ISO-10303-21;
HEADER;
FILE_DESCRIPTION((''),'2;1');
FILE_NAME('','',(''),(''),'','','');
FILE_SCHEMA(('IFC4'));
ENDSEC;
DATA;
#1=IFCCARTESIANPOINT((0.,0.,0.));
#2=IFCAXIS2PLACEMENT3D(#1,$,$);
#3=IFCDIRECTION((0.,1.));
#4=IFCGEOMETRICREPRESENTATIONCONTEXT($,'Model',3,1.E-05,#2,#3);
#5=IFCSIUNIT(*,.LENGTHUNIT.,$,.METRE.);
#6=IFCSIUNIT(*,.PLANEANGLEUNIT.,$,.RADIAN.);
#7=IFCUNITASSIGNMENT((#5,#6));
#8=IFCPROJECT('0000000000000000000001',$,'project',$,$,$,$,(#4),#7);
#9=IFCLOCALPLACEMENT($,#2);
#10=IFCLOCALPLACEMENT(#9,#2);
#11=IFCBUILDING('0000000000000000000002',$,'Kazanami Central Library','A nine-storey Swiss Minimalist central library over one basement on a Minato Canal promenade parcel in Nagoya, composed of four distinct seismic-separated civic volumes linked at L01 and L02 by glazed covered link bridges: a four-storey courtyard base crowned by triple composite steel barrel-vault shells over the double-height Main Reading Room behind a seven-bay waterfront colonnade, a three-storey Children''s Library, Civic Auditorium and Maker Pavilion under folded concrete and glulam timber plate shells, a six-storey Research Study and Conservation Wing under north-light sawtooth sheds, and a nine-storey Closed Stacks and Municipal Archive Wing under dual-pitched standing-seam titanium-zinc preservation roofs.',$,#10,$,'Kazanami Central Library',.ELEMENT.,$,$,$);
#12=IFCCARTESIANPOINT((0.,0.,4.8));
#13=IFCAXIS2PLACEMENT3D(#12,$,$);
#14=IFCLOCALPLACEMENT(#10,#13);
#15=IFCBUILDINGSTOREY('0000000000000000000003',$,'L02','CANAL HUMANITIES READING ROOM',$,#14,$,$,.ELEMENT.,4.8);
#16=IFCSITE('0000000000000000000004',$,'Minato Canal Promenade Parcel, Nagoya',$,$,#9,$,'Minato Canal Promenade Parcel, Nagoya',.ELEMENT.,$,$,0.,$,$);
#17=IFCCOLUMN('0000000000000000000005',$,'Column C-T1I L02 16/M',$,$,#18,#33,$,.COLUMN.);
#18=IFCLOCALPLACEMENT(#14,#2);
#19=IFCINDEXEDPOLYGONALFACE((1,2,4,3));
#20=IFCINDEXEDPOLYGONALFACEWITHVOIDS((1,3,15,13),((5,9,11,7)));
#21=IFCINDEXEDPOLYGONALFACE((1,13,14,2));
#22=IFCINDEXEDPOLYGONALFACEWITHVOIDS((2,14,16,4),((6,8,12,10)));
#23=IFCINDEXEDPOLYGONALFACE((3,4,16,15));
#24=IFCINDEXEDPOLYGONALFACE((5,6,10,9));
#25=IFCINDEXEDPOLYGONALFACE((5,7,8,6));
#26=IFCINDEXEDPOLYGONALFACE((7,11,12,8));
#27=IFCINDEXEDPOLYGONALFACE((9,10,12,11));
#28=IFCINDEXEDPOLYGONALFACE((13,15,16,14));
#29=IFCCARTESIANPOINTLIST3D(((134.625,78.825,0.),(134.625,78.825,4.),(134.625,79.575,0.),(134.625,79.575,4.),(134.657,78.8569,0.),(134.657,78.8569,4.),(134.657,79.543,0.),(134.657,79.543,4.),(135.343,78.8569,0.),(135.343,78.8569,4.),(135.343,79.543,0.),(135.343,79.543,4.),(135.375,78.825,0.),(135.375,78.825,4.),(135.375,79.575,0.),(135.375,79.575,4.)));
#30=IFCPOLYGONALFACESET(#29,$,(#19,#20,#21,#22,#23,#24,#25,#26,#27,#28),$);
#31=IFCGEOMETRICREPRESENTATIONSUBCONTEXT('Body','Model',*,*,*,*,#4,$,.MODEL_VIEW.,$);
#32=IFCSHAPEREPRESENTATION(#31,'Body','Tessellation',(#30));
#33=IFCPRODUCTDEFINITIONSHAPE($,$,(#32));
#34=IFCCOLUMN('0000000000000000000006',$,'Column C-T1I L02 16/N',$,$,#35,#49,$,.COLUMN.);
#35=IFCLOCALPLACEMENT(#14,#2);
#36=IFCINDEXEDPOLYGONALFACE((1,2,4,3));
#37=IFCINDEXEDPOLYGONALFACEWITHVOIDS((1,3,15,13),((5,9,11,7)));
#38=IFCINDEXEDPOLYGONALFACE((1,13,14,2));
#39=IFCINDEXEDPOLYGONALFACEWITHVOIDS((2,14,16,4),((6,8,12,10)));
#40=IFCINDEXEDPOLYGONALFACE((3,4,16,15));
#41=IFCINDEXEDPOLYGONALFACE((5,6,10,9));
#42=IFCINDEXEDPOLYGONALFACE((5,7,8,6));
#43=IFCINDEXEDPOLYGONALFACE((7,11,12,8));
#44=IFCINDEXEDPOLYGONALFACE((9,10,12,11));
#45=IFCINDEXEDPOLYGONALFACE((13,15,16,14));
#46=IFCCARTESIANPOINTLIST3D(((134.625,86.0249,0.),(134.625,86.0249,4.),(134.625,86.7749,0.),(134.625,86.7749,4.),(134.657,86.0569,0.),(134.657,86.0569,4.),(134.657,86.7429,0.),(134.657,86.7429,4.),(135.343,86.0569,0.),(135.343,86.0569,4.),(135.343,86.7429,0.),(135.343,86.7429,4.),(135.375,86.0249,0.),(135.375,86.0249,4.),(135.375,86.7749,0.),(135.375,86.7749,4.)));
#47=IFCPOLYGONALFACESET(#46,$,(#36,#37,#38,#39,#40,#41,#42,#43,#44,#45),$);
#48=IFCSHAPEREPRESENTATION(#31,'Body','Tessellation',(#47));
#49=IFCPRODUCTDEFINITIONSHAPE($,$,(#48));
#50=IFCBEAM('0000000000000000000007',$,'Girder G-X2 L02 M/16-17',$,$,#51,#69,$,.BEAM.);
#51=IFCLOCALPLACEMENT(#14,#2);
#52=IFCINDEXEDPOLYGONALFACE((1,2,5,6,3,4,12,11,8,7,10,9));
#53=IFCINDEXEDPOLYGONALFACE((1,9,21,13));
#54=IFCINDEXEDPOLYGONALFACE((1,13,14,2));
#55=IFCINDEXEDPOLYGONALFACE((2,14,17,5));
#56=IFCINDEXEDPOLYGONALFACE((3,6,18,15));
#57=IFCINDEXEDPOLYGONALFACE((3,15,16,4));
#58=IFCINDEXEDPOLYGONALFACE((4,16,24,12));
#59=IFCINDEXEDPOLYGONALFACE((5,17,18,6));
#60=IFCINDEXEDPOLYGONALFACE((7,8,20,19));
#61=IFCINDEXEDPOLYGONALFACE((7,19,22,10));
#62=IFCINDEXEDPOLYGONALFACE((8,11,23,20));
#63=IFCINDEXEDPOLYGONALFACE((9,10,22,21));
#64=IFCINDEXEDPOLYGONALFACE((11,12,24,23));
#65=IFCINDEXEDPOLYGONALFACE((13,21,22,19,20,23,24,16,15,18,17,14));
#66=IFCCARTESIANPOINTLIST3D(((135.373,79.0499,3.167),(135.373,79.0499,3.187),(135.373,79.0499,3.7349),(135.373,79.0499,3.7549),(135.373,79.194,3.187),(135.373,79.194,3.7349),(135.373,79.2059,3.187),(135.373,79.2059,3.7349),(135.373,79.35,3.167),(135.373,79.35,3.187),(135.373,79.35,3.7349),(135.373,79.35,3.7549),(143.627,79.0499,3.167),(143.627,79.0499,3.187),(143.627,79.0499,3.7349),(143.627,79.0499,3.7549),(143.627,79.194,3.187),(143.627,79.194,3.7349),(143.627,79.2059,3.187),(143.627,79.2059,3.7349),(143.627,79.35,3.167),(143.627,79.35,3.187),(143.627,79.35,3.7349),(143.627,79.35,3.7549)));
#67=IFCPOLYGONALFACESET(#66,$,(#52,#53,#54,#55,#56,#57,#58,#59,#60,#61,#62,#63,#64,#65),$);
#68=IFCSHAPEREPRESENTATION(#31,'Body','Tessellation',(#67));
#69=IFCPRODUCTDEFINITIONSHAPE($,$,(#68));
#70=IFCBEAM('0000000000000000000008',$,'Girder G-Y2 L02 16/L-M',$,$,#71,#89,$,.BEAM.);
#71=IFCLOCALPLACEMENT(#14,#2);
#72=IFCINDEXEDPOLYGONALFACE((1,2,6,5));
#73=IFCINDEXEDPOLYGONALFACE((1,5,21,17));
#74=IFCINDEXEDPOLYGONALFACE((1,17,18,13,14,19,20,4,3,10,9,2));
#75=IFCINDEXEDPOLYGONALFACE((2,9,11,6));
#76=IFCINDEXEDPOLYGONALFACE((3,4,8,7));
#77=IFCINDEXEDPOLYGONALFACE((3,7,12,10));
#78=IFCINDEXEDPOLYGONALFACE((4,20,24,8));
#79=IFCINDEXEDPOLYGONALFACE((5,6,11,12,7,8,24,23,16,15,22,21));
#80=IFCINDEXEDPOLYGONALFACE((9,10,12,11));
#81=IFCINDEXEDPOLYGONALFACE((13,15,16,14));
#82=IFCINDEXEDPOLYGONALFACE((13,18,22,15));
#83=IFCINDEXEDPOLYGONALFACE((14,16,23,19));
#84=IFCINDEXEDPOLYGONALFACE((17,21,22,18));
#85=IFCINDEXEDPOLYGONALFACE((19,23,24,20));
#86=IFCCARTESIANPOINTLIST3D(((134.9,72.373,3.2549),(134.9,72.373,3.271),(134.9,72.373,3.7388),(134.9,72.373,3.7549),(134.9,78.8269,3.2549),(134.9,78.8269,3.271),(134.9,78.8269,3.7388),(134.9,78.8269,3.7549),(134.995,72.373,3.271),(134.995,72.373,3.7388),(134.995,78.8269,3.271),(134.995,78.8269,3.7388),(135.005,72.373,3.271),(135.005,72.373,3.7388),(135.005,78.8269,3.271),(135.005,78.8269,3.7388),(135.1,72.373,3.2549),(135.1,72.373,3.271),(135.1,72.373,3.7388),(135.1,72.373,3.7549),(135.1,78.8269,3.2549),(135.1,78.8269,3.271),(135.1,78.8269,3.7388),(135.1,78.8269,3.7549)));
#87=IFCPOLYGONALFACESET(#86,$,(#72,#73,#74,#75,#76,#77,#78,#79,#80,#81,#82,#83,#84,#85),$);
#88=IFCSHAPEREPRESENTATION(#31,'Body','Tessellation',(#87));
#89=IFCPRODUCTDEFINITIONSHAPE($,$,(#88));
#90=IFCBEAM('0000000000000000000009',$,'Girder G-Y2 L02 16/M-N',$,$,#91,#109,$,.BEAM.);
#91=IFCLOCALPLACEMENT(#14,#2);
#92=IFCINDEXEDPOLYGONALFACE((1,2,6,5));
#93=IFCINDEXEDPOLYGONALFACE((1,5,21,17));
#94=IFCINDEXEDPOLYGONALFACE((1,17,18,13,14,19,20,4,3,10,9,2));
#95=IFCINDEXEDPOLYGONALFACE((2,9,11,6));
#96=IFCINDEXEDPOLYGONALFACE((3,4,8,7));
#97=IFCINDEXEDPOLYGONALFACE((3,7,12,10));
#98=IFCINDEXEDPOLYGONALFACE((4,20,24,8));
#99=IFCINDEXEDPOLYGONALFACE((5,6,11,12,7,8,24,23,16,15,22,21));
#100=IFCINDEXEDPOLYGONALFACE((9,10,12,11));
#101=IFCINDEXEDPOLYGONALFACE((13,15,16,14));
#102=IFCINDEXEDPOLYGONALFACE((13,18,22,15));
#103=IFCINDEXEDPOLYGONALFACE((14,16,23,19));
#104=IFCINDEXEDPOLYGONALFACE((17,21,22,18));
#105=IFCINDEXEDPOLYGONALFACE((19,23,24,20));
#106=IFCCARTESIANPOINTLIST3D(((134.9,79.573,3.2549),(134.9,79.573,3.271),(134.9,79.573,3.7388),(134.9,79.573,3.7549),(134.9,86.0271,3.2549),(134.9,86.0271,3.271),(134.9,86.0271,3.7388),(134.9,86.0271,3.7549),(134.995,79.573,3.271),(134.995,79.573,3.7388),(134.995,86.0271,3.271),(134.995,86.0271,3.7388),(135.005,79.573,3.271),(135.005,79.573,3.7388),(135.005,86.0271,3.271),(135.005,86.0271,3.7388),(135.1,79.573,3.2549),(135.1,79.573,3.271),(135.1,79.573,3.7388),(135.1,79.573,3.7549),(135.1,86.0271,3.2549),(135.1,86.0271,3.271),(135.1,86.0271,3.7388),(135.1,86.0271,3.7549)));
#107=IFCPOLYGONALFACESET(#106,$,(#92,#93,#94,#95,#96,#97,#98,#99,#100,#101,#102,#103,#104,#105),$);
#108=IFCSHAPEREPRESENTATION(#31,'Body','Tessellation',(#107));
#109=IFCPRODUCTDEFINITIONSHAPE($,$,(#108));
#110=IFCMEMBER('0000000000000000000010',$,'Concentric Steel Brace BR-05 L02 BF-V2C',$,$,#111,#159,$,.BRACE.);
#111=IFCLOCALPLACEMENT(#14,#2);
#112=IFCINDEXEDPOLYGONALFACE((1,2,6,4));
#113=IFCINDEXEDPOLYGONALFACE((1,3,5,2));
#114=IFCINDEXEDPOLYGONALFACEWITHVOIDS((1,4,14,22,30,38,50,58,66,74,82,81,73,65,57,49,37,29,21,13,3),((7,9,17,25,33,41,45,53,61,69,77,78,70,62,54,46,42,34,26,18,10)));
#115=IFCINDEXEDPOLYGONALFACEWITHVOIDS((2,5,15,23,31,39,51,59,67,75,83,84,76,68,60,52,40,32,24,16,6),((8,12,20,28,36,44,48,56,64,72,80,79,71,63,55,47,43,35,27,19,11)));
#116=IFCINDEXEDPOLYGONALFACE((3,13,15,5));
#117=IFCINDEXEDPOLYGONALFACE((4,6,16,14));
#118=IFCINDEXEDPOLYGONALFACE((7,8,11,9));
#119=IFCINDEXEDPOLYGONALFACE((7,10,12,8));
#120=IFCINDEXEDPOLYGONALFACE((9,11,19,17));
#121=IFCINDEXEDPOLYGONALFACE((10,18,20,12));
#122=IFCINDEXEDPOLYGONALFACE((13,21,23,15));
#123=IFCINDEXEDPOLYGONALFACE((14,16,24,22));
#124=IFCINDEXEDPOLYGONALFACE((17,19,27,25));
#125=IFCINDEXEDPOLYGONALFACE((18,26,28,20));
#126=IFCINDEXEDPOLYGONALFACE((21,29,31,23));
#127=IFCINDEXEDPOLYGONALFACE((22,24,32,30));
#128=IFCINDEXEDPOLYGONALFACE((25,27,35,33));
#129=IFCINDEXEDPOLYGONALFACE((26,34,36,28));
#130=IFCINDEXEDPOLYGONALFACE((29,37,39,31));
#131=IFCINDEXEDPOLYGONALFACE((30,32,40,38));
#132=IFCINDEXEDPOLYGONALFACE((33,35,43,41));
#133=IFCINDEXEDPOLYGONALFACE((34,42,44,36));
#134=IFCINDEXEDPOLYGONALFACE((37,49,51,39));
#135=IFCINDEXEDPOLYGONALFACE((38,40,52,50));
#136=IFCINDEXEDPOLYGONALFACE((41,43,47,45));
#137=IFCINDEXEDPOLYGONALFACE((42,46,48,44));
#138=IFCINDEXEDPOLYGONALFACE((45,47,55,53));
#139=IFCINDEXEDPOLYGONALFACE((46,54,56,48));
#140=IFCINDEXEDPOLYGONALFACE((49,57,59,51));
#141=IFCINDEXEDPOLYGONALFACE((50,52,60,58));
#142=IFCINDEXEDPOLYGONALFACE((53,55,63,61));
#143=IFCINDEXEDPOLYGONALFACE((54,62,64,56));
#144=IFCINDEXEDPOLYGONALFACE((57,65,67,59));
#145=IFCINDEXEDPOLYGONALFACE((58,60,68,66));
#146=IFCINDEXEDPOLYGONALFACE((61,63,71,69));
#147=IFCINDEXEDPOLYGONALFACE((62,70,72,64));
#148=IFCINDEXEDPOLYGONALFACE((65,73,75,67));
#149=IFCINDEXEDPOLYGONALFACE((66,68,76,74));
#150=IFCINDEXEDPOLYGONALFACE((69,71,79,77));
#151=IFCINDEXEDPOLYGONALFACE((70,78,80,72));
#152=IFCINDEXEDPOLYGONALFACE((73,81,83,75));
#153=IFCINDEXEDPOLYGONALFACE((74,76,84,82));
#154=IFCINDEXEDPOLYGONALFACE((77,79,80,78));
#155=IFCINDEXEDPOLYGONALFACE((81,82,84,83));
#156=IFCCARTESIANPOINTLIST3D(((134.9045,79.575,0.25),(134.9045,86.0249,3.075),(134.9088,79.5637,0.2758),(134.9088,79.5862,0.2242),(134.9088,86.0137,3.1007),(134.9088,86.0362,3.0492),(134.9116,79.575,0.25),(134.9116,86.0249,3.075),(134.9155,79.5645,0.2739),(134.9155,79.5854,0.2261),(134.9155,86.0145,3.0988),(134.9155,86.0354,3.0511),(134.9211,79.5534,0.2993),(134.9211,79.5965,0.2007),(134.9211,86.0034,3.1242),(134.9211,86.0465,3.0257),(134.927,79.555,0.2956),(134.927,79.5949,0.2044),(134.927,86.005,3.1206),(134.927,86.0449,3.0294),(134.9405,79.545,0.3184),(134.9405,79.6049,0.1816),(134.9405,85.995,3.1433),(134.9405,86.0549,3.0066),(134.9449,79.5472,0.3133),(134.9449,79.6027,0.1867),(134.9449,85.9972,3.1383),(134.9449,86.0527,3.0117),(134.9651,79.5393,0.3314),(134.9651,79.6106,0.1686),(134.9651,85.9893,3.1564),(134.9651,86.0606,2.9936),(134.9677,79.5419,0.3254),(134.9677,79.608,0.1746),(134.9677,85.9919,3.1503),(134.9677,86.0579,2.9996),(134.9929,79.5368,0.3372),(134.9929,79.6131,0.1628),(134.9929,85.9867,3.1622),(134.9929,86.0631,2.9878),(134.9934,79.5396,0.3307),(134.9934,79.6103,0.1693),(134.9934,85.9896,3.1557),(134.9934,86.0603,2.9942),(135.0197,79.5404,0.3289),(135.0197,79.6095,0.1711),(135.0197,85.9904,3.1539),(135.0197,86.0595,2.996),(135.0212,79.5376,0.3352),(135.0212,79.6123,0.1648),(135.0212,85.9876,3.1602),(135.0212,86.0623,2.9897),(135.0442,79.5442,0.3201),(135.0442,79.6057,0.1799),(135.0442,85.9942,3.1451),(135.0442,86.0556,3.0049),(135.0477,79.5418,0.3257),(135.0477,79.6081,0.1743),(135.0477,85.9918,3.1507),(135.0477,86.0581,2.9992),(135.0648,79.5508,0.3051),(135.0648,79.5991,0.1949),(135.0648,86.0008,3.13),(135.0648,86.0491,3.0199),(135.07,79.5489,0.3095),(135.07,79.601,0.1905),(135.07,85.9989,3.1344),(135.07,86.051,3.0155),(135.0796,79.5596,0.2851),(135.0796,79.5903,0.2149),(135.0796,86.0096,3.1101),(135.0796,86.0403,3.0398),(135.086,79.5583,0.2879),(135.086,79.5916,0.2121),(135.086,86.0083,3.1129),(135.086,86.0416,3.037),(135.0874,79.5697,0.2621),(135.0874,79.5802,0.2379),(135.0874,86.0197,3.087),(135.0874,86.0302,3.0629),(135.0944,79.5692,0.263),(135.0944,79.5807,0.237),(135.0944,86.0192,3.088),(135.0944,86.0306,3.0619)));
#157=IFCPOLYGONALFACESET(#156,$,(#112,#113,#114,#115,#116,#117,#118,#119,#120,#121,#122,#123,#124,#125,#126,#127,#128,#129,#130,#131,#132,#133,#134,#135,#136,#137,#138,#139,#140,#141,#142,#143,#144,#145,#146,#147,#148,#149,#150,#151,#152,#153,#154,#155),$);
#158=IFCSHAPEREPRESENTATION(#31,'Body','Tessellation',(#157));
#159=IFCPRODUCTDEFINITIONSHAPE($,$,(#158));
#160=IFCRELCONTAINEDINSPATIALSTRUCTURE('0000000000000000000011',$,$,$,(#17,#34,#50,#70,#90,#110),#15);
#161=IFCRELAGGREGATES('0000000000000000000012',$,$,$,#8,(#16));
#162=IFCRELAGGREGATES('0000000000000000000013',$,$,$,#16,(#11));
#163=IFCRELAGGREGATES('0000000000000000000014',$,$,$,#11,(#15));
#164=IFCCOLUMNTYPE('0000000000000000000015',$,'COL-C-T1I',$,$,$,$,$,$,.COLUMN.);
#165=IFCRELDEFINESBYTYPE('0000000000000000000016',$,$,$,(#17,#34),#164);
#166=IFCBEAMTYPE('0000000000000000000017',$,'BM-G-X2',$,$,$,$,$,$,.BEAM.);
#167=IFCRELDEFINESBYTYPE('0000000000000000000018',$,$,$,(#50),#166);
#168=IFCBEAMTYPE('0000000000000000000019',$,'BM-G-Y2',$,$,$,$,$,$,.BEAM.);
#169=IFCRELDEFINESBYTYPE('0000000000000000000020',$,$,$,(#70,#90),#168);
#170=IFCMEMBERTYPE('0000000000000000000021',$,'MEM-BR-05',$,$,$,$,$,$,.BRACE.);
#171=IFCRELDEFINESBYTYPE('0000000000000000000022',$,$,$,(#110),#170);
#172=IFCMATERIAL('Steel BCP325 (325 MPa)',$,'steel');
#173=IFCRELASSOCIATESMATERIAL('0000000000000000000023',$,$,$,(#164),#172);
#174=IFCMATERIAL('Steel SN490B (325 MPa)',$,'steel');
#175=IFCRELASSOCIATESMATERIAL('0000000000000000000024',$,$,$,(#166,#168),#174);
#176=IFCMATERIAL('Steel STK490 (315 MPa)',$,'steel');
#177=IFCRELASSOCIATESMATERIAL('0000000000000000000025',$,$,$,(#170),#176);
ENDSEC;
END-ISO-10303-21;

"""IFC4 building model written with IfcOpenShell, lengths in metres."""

from ifc_helpers import new_model, si_unit, direction, frame, origin, origin_2d, place, context, subcontext, project, spatial, hollow_rectangle, hollow_circle, i_section, extrude, material, material_profile, profile_set, type_object, element, save


model = new_model("IFC4")

# Units and contexts
model_context = context("Model", 3, precision=1e-05, world=origin(), true_north=direction((0.0, 1.0)))
body_context = subcontext(model_context, "Body", "Model", "MODEL_VIEW")
ifc_project = project(units=[si_unit("LENGTHUNIT", "METRE"), si_unit("PLANEANGLEUNIT", "RADIAN")], contexts=[model_context])

# Site, building, storey
site_placement = place(None, origin())
site = spatial("IfcSite", under=ifc_project, at=site_placement, Name="Minato Canal Promenade Parcel, Nagoya", LongName="Minato Canal Promenade Parcel, Nagoya", CompositionType="ELEMENT", RefElevation=0.0)
building_placement = place(site_placement, origin())
building = spatial("IfcBuilding", under=site, at=building_placement, Name="Kazanami Central Library", Description="A nine-storey Swiss Minimalist central library over one basement on a Minato Canal promenade parcel in Nagoya, composed of four distinct seismic-separated civic volumes linked at L01 and L02 by glazed covered link bridges: a four-storey courtyard base crowned by triple composite steel barrel-vault shells over the double-height Main Reading Room behind a seven-bay waterfront colonnade, a three-storey Children's Library, Civic Auditorium and Maker Pavilion under folded concrete and glulam timber plate shells, a six-storey Research Study and Conservation Wing under north-light sawtooth sheds, and a nine-storey Closed Stacks and Municipal Archive Wing under dual-pitched standing-seam titanium-zinc preservation roofs.", LongName="Kazanami Central Library", CompositionType="ELEMENT")
storey_placement = place(building_placement, frame((0.0, 0.0, 4.8)))
storey = spatial("IfcBuildingStorey", under=building, at=storey_placement, Name="L02", Description="CANAL HUMANITIES READING ROOM", CompositionType="ELEMENT", Elevation=4.8)

# Columns
ifc_material_1 = material(Name="Steel BCP325 (325 MPa)", Category="steel")
ifc_material_profile_1 = material_profile(ifc_material_1, hollow_rectangle(XDim=0.75, YDim=0.75, WallThickness=0.032, at=origin_2d()), Name="BCP-750x750x32")
ifc_profile_set_1 = profile_set([ifc_material_profile_1], Name="Steel BCP325 (325 MPa)")
column_type = type_object("IfcColumnType", Name="COL-C-T1I", PredefinedType="COLUMN", material=ifc_profile_set_1)
for number, where, z_axis, x_axis, name in (
    (1, (135.0, 79.2, 0.0), (0.0, 0.0, 1.0), (1.0, 0.0, 0.0), "Column C-T1I L02 16/M"),
    (2, (135.0, 86.3999, 0.0), (0.0, 0.0, 1.0), (1.0, 0.0, 0.0), "Column C-T1I L02 16/N"),
):
    element("IfcColumn", number, at=place(storey_placement, frame(where, z_axis=z_axis, x_axis=x_axis)), inside=storey, type_object=column_type, Name=name, PredefinedType="COLUMN", context=body_context, shape_type="SweptSolid", body=[
        extrude(hollow_rectangle(XDim=0.75, YDim=0.75, WallThickness=0.032, at=origin_2d()), origin(), (0.0, 0.0, 1.0), 4.0),
    ])

# Beams
ifc_material_2 = material(Name="Steel SN490B (325 MPa)", Category="steel")
ifc_material_profile_2 = material_profile(ifc_material_2, i_section(OverallWidth=0.3, OverallDepth=0.5879, WebThickness=0.012, FlangeThickness=0.02, at=origin_2d()), Name="H-588x300x12x20")
ifc_profile_set_2 = profile_set([ifc_material_profile_2], Name="Steel SN490B (325 MPa)")
beam_type_1 = type_object("IfcBeamType", Name="BM-G-X2", PredefinedType="BEAM", material=ifc_profile_set_2)
beam_1_placement = place(storey_placement, frame((135.373, 79.2, 3.4609), z_axis=(1.0, 0.0, 0.0), x_axis=(0.0, 1.0, 0.0)))
element("IfcBeam", 3, at=beam_1_placement, inside=storey, type_object=beam_type_1, Name="Girder G-X2 L02 M/16-17", PredefinedType="BEAM", context=body_context, shape_type="SweptSolid", body=[
    extrude(i_section(OverallWidth=0.3, OverallDepth=0.5879, WebThickness=0.012, FlangeThickness=0.02, at=origin_2d()), origin(), (0.0, 0.0, 1.0), 8.2539),
])
ifc_material_profile_3 = material_profile(ifc_material_2, i_section(OverallWidth=0.2, OverallDepth=0.5, WebThickness=0.01, FlangeThickness=0.0161, at=origin_2d()), Name="H-500x200x10x16")
ifc_profile_set_3 = profile_set([ifc_material_profile_3], Name="Steel SN490B (325 MPa)")
beam_type_2 = type_object("IfcBeamType", Name="BM-G-Y2", PredefinedType="BEAM", material=ifc_profile_set_3)
beam_2_placement = place(storey_placement, frame((135.0, 72.373, 3.5049), z_axis=(0.0, 1.0, 0.0), x_axis=(-1.0, 0.0, 0.0)))
element("IfcBeam", 4, at=beam_2_placement, inside=storey, type_object=beam_type_2, Name="Girder G-Y2 L02 16/L-M", PredefinedType="BEAM", context=body_context, shape_type="SweptSolid", body=[
    extrude(i_section(OverallWidth=0.2, OverallDepth=0.5, WebThickness=0.01, FlangeThickness=0.0161, at=origin_2d()), origin(), (0.0, 0.0, 1.0), 6.4539),
])
beam_3_placement = place(storey_placement, frame((135.0, 79.573, 3.5049), z_axis=(0.0, 1.0, 0.0), x_axis=(-1.0, 0.0, 0.0)))
element("IfcBeam", 5, at=beam_3_placement, inside=storey, type_object=beam_type_2, Name="Girder G-Y2 L02 16/M-N", PredefinedType="BEAM", context=body_context, shape_type="SweptSolid", body=[
    extrude(i_section(OverallWidth=0.2, OverallDepth=0.5, WebThickness=0.01, FlangeThickness=0.0161, at=origin_2d()), origin(), (0.0, 0.0, 1.0), 6.4541),
])

# Member
ifc_material_3 = material(Name="Steel STK490 (315 MPa)", Category="steel")
ifc_material_profile_4 = material_profile(ifc_material_3, hollow_circle(Radius=0.0955, WallThickness=0.0071, at=origin_2d()), Name="CHS-190.7x7.0")
ifc_profile_set_4 = profile_set([ifc_material_profile_4], Name="Steel STK490 (315 MPa)")
member_type = type_object("IfcMemberType", Name="MEM-BR-05", PredefinedType="BRACE", material=ifc_profile_set_4)
member_placement = place(storey_placement, frame((135.0, 79.575, 0.25), z_axis=(0.0, 0.915996, 0.401188), x_axis=(-1.0, 0.0, 0.0)))
element("IfcMember", 6, at=member_placement, inside=storey, type_object=member_type, Name="Concentric Steel Brace BR-05 L02 BF-V2C", PredefinedType="BRACE", context=body_context, shape_type="SweptSolid", body=[
    extrude(hollow_circle(Radius=0.0955, WallThickness=0.0071, at=origin_2d()), origin(), (0.0, 0.0, 1.0), 7.0415),
])

save(model, "model.ifc")
